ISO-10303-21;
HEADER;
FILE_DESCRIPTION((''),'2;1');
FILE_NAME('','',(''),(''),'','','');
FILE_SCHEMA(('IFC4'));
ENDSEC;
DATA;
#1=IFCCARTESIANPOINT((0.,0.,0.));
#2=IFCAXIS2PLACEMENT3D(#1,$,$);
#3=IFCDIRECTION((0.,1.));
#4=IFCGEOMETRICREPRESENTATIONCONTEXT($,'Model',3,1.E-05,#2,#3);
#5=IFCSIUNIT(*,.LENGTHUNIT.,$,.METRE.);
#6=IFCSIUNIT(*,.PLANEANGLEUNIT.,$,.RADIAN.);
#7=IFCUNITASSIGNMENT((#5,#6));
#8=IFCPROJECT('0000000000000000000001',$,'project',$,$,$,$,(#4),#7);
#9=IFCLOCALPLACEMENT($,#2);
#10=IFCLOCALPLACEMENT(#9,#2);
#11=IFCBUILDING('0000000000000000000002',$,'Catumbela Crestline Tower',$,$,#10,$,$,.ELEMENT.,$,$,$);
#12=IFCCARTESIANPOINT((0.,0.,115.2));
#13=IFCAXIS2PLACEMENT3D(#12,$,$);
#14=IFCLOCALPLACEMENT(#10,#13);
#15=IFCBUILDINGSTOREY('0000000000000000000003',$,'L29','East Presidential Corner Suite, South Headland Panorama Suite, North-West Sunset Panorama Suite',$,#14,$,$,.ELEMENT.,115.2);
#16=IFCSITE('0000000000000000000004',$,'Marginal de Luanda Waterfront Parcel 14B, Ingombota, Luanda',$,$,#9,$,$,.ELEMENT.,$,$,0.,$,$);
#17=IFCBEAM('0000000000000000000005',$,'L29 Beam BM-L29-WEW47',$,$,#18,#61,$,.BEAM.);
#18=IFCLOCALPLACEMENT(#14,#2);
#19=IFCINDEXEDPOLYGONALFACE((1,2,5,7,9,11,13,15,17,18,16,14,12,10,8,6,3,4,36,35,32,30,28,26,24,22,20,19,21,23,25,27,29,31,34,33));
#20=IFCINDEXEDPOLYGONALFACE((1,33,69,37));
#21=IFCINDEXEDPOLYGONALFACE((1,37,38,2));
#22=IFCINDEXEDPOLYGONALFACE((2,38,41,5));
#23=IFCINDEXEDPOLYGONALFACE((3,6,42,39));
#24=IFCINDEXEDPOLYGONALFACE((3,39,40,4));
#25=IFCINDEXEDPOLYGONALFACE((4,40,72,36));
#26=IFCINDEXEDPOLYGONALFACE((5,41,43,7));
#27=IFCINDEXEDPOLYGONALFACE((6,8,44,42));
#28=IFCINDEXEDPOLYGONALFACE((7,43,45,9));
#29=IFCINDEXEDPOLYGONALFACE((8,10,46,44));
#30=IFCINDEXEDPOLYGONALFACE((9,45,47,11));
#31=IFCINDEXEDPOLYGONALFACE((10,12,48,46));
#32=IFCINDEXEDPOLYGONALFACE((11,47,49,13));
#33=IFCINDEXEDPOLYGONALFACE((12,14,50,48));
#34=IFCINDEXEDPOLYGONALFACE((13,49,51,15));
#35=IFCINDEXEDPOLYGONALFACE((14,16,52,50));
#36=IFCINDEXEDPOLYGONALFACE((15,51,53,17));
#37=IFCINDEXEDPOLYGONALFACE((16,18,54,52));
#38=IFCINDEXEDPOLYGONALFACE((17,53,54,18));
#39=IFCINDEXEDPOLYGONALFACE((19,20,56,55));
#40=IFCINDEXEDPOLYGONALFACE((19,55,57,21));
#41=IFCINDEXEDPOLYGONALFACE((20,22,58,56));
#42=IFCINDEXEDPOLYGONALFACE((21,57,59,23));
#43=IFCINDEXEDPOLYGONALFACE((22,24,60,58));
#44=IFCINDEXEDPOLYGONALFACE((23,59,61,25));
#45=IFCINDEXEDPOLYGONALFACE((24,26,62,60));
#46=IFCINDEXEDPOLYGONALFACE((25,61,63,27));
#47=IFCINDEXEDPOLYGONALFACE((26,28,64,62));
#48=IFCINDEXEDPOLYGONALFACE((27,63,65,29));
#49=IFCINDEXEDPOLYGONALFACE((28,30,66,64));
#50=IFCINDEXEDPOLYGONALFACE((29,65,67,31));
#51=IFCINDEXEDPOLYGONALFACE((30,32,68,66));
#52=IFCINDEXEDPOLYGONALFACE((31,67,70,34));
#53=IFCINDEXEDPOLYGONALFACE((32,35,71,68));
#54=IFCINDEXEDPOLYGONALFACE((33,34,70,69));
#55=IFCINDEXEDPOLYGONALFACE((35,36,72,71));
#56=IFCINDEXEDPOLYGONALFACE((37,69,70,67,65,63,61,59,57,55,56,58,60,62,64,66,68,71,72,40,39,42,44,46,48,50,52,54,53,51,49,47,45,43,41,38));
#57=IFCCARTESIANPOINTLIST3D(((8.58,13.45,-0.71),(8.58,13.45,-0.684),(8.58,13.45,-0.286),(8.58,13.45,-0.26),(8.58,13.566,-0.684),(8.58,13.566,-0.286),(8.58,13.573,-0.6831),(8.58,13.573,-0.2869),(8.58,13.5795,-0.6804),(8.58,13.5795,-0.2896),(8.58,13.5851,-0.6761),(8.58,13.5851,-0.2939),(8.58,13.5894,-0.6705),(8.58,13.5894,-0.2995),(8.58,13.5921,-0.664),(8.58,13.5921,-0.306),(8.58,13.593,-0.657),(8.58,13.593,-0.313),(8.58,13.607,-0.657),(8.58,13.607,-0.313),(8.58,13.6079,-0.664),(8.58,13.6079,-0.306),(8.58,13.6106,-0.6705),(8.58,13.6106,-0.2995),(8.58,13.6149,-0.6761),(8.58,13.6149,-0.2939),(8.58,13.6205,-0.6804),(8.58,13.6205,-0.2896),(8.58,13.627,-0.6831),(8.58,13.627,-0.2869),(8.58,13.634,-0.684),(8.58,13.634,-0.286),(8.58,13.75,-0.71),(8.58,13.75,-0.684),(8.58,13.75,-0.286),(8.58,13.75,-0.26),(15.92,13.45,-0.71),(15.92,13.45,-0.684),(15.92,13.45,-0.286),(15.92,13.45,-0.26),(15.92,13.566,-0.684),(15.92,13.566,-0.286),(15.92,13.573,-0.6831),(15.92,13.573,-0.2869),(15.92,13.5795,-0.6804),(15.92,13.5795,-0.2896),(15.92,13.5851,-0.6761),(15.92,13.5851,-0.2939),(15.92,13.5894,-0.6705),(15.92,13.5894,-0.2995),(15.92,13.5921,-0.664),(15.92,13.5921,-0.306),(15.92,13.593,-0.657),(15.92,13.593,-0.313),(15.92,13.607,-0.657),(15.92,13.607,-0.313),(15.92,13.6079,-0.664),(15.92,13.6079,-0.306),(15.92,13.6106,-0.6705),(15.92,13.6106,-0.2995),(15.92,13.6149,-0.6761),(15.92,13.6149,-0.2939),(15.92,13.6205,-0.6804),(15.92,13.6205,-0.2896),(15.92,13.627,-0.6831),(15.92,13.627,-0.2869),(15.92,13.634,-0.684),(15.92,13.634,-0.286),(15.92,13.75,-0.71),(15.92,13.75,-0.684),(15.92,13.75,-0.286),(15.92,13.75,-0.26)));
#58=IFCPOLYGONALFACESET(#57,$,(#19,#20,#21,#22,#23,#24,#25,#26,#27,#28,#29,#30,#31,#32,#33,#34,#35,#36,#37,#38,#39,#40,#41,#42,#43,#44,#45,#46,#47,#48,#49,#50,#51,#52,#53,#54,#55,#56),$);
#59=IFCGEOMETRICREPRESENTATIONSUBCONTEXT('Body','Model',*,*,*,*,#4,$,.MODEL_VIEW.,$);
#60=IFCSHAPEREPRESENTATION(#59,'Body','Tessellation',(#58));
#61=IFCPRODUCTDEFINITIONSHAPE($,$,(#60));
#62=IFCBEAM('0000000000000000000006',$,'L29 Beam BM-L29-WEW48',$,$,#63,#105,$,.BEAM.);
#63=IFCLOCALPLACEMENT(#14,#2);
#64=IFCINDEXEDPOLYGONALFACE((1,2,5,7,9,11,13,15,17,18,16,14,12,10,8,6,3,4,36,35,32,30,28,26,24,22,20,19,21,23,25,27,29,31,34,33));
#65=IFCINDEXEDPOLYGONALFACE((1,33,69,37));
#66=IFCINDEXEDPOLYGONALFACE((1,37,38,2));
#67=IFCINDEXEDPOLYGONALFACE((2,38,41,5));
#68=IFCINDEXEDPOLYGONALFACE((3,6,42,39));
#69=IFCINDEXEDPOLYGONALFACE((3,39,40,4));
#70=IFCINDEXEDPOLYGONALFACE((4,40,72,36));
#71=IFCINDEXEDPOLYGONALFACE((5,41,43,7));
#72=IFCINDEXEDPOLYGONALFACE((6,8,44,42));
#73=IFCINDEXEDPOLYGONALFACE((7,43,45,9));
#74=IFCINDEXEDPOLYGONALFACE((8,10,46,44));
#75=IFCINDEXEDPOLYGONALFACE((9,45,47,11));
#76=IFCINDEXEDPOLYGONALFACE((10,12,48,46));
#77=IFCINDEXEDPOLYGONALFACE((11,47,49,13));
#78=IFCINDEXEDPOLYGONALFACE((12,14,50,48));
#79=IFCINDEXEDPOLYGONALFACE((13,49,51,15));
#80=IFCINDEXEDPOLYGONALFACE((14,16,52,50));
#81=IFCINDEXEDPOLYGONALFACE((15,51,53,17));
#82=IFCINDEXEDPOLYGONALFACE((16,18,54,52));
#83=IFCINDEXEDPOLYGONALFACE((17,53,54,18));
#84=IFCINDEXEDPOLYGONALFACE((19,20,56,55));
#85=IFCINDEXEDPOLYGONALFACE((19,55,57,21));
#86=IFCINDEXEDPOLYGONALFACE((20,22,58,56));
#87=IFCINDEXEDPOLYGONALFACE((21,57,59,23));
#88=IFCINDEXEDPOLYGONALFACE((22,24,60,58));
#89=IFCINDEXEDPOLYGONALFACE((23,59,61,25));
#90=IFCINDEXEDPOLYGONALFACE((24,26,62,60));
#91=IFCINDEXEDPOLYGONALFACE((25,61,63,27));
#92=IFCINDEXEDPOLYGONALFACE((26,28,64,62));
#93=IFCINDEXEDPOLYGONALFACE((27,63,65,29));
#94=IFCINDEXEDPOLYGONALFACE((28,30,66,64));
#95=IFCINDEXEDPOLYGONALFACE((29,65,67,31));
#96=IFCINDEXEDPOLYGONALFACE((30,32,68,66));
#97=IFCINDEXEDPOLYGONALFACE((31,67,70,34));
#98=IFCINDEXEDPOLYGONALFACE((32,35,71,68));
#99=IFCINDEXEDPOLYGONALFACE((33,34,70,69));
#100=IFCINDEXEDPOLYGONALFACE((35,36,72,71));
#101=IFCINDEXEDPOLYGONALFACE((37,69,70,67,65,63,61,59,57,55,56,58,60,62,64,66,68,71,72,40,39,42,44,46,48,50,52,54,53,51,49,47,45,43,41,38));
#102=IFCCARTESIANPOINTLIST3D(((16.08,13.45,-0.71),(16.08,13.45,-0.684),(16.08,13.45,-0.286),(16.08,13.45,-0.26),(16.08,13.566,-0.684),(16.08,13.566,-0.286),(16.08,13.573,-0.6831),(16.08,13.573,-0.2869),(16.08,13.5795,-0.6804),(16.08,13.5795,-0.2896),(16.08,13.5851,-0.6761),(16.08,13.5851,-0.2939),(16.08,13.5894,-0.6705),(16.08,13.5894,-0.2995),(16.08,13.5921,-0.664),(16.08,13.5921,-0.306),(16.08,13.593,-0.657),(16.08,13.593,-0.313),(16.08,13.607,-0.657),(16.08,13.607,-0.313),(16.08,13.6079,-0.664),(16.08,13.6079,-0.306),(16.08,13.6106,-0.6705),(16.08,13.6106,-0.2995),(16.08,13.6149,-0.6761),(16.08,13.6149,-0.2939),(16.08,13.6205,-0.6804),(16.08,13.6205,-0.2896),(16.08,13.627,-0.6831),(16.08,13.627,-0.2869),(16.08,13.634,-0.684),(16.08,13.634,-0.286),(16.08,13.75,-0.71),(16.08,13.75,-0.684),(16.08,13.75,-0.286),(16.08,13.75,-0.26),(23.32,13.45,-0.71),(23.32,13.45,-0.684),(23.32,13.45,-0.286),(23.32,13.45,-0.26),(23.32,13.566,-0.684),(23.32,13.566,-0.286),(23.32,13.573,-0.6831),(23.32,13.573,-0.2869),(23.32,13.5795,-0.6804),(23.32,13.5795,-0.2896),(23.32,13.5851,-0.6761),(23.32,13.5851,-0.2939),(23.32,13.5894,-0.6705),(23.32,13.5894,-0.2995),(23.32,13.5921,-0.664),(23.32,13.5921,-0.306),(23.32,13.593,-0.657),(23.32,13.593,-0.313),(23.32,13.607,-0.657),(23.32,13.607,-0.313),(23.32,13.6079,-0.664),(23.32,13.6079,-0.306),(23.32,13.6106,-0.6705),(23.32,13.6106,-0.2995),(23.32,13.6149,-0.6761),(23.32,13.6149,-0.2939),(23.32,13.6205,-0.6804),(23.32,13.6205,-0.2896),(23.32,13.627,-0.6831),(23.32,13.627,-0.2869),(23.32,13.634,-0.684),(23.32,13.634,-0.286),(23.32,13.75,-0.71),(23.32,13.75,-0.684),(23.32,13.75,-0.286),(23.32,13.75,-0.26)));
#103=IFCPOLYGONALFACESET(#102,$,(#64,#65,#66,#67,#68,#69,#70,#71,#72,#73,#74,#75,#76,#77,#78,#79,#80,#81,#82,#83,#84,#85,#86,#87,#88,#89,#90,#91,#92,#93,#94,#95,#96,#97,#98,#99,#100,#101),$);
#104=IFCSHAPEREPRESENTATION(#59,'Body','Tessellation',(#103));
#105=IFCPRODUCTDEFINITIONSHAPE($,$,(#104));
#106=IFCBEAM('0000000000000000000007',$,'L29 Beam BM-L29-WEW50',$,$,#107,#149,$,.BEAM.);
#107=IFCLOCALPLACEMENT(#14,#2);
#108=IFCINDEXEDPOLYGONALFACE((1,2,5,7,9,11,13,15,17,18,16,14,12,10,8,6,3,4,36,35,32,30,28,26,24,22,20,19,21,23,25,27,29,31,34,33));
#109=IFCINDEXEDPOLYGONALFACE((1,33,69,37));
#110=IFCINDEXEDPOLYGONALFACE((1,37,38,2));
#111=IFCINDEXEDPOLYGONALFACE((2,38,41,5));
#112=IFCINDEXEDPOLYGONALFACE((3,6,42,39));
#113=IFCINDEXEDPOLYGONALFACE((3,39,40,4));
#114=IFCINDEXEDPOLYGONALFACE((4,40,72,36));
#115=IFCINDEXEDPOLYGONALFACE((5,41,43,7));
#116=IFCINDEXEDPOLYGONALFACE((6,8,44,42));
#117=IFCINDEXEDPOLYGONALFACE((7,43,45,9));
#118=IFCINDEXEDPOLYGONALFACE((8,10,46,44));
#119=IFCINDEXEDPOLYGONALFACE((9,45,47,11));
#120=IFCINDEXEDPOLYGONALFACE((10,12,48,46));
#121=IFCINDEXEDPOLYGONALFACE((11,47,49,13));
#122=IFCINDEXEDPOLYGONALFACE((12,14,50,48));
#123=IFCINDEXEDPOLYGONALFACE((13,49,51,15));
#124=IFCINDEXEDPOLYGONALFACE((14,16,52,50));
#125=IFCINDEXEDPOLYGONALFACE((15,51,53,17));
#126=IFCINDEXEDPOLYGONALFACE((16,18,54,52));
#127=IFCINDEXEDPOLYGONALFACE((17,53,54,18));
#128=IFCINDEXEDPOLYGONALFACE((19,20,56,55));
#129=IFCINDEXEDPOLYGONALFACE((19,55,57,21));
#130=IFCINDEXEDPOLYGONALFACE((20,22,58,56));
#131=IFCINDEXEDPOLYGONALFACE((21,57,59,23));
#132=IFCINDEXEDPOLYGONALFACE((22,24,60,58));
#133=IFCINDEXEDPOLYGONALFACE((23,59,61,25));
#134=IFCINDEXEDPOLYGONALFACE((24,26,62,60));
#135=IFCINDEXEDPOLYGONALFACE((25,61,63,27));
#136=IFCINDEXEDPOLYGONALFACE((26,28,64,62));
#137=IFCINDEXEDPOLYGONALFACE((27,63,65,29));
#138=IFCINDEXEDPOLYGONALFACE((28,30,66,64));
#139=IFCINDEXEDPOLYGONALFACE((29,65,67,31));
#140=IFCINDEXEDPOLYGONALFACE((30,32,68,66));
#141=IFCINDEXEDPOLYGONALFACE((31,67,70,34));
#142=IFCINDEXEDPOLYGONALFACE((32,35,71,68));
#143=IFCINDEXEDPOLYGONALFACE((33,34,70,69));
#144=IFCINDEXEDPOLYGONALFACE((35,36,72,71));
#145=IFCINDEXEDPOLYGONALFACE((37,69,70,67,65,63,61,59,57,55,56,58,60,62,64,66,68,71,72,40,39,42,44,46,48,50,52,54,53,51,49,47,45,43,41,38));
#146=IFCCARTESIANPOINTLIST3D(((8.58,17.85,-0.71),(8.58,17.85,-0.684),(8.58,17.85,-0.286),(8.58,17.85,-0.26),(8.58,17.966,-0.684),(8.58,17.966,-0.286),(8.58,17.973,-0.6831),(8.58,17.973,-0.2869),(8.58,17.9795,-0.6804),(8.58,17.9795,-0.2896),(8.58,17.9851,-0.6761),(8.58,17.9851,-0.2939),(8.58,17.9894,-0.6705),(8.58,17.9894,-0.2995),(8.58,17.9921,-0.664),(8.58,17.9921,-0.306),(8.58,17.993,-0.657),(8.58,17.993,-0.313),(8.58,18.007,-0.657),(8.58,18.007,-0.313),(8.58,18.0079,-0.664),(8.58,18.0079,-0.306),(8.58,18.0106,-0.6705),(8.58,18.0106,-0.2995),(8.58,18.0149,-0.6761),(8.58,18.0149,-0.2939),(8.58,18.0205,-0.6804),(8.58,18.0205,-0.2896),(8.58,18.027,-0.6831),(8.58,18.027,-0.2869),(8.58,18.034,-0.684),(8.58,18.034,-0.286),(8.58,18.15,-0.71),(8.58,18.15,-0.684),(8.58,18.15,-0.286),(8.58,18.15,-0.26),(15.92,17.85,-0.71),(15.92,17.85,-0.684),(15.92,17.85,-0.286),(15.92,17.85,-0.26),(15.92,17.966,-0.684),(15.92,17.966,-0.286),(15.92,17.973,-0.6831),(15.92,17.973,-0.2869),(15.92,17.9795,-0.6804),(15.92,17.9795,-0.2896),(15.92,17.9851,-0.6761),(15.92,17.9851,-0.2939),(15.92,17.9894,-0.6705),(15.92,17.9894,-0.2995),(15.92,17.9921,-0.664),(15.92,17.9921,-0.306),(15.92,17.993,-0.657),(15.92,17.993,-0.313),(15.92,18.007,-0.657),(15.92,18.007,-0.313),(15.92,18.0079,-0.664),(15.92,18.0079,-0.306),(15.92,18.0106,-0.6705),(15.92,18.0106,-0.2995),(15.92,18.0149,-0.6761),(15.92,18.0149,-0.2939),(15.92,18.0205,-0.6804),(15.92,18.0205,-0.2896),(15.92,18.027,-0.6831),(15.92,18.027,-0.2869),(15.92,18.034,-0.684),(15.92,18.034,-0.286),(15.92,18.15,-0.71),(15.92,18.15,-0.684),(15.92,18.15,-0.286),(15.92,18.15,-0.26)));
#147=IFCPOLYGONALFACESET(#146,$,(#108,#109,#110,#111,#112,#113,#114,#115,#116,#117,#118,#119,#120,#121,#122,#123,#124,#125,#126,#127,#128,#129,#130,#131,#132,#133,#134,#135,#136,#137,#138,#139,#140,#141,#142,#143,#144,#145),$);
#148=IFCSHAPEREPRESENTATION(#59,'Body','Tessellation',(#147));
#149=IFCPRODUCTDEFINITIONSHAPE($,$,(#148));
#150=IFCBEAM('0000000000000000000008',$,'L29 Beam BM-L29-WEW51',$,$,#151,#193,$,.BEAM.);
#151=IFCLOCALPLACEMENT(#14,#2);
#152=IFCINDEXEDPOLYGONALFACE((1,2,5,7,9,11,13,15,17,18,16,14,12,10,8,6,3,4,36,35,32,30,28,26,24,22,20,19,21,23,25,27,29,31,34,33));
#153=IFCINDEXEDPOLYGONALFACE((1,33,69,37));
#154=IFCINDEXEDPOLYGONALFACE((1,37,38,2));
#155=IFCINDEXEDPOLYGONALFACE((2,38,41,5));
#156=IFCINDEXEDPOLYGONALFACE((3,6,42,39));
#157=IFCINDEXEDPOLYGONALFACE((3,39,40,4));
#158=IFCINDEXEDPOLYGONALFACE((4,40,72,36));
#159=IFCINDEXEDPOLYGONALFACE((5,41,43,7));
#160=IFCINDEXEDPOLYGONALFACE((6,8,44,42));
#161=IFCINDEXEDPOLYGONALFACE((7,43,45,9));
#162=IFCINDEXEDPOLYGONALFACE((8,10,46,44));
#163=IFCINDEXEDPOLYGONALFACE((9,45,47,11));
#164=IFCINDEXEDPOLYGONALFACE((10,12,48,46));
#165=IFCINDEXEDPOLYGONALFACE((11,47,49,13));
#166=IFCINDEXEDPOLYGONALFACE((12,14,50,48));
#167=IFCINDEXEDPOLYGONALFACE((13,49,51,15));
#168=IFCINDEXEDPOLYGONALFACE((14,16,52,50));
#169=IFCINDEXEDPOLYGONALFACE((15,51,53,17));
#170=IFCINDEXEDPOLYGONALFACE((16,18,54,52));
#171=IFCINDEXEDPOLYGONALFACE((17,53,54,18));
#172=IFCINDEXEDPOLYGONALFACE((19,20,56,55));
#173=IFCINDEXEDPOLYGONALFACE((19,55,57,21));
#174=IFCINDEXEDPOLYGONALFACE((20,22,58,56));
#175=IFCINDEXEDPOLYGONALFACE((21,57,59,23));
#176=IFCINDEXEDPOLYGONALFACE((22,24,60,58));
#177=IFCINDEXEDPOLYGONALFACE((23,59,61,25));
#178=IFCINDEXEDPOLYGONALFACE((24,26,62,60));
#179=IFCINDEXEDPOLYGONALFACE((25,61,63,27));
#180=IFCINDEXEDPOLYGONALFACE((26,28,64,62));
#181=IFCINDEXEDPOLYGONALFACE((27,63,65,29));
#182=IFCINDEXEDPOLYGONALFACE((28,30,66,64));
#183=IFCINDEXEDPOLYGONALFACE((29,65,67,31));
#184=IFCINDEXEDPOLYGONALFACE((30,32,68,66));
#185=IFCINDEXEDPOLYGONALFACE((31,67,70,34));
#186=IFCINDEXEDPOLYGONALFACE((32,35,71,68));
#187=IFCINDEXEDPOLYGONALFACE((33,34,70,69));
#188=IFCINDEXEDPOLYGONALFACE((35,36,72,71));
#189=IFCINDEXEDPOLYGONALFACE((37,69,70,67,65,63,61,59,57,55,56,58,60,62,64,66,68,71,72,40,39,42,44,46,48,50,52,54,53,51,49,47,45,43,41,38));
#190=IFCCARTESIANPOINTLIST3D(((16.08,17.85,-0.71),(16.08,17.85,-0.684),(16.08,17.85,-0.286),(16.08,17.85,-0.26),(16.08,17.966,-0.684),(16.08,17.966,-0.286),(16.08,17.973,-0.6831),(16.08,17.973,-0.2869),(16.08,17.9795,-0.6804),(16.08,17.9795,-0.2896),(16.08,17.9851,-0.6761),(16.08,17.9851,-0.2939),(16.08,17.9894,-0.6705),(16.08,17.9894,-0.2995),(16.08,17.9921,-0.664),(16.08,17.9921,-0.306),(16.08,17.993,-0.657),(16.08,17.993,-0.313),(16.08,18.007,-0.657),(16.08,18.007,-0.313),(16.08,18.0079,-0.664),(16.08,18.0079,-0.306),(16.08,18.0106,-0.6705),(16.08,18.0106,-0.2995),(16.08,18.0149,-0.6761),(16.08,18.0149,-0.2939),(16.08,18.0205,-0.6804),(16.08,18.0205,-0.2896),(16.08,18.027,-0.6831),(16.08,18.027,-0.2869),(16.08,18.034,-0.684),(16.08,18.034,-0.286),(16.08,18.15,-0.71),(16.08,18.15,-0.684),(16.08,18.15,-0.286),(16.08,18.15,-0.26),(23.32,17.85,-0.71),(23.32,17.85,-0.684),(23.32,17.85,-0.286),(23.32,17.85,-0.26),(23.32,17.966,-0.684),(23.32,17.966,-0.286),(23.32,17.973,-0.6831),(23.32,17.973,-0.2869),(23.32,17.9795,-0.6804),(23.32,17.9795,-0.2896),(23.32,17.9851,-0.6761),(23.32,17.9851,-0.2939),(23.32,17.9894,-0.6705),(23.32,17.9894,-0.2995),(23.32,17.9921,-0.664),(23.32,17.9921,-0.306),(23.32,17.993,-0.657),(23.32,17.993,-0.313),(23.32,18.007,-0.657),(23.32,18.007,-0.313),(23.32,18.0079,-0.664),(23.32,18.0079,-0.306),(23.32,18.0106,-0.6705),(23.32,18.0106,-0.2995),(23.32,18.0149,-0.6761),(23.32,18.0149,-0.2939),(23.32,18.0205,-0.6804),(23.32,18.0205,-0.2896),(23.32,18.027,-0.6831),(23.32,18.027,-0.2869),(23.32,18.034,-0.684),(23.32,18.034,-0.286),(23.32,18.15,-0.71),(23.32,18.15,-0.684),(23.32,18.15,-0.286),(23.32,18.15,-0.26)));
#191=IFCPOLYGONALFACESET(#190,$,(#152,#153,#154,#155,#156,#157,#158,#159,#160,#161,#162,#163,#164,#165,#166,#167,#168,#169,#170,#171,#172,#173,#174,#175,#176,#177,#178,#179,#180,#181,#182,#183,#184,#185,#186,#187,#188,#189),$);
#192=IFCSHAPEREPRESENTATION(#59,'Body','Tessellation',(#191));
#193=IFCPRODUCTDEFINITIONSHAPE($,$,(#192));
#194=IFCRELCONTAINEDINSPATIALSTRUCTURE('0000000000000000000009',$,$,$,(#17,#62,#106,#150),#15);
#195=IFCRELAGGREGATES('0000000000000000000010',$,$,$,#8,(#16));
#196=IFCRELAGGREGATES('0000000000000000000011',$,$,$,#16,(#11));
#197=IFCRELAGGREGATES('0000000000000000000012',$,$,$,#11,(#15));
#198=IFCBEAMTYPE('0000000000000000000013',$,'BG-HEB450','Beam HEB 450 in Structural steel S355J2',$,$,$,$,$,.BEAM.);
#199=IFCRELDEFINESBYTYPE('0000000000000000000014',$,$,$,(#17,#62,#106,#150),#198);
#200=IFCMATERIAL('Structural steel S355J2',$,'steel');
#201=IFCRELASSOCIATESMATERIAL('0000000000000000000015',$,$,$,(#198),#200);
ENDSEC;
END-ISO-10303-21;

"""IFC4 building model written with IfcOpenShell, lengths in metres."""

from ifc_helpers import new_model, si_unit, direction, frame, origin, origin_2d, place, context, subcontext, project, spatial, i_section, extrude, material, material_profile, profile_set, type_object, element, save


model = new_model("IFC4")

# Units and contexts
model_context = context("Model", 3, precision=1e-05, world=origin(), true_north=direction((0.0, 1.0)))
body_context = subcontext(model_context, "Body", "Model", "MODEL_VIEW")
ifc_project = project(units=[si_unit("LENGTHUNIT", "METRE"), si_unit("PLANEANGLEUNIT", "RADIAN")], contexts=[model_context])

# Site, building, storey
site_placement = place(None, origin())
site = spatial("IfcSite", under=ifc_project, at=site_placement, Name="Marginal de Luanda Waterfront Parcel 14B, Ingombota, Luanda", CompositionType="ELEMENT", RefElevation=0.0)
building_placement = place(site_placement, origin())
building = spatial("IfcBuilding", under=site, at=building_placement, Name="Catumbela Crestline Tower", CompositionType="ELEMENT")
storey_placement = place(building_placement, frame((0.0, 0.0, 115.2)))
storey = spatial("IfcBuildingStorey", under=building, at=storey_placement, Name="L29", Description="East Presidential Corner Suite, South Headland Panorama Suite, North-West Sunset Panorama Suite", CompositionType="ELEMENT", Elevation=115.2)

# Beams
ifc_material_1 = material(Name="Structural steel S355J2", Category="steel")
ifc_material_profile_1 = material_profile(ifc_material_1, i_section(OverallWidth=0.3, OverallDepth=0.45, WebThickness=0.014, FlangeThickness=0.026, FilletRadius=0.027, at=origin_2d()), Name="HEB 450")
ifc_profile_set_1 = profile_set([ifc_material_profile_1], Name="Structural steel S355J2")
beam_type_1 = type_object("IfcBeamType", Name="BG-HEB450", Description="Beam HEB 450 in Structural steel S355J2", PredefinedType="BEAM", material=ifc_profile_set_1)
beam_1_placement = place(storey_placement, frame((8.58, 13.6, -0.485), z_axis=(1.0, 0.0, 0.0), x_axis=(0.0, 1.0, 0.0)))
element("IfcBeam", 1, at=beam_1_placement, inside=storey, type_object=beam_type_1, Name="L29 Beam BM-L29-WEW47", PredefinedType="BEAM", context=body_context, shape_type="SweptSolid", body=[
    extrude(i_section(OverallWidth=0.3, OverallDepth=0.45, WebThickness=0.014, FlangeThickness=0.026, FilletRadius=0.027, at=origin_2d()), origin(), (0.0, 0.0, 1.0), 7.34),
])
beam_2_placement = place(storey_placement, frame((16.08, 13.6, -0.485), z_axis=(1.0, 0.0, 0.0), x_axis=(0.0, 1.0, 0.0)))
element("IfcBeam", 2, at=beam_2_placement, inside=storey, type_object=beam_type_1, Name="L29 Beam BM-L29-WEW48", PredefinedType="BEAM", context=body_context, shape_type="SweptSolid", body=[
    extrude(i_section(OverallWidth=0.3, OverallDepth=0.45, WebThickness=0.014, FlangeThickness=0.026, FilletRadius=0.027, at=origin_2d()), origin(), (0.0, 0.0, 1.0), 7.24),
])
beam_3_placement = place(storey_placement, frame((8.58, 18.0, -0.485), z_axis=(1.0, 0.0, 0.0), x_axis=(0.0, 1.0, 0.0)))
element("IfcBeam", 3, at=beam_3_placement, inside=storey, type_object=beam_type_1, Name="L29 Beam BM-L29-WEW50", PredefinedType="BEAM", context=body_context, shape_type="SweptSolid", body=[
    extrude(i_section(OverallWidth=0.3, OverallDepth=0.45, WebThickness=0.014, FlangeThickness=0.026, FilletRadius=0.027, at=origin_2d()), origin(), (0.0, 0.0, 1.0), 7.34),
])
beam_4_placement = place(storey_placement, frame((16.08, 18.0, -0.485), z_axis=(1.0, 0.0, 0.0), x_axis=(0.0, 1.0, 0.0)))
element("IfcBeam", 4, at=beam_4_placement, inside=storey, type_object=beam_type_1, Name="L29 Beam BM-L29-WEW51", PredefinedType="BEAM", context=body_context, shape_type="SweptSolid", body=[
    extrude(i_section(OverallWidth=0.3, OverallDepth=0.45, WebThickness=0.014, FlangeThickness=0.026, FilletRadius=0.027, at=origin_2d()), origin(), (0.0, 0.0, 1.0), 7.24),
])

save(model, "model.ifc")
